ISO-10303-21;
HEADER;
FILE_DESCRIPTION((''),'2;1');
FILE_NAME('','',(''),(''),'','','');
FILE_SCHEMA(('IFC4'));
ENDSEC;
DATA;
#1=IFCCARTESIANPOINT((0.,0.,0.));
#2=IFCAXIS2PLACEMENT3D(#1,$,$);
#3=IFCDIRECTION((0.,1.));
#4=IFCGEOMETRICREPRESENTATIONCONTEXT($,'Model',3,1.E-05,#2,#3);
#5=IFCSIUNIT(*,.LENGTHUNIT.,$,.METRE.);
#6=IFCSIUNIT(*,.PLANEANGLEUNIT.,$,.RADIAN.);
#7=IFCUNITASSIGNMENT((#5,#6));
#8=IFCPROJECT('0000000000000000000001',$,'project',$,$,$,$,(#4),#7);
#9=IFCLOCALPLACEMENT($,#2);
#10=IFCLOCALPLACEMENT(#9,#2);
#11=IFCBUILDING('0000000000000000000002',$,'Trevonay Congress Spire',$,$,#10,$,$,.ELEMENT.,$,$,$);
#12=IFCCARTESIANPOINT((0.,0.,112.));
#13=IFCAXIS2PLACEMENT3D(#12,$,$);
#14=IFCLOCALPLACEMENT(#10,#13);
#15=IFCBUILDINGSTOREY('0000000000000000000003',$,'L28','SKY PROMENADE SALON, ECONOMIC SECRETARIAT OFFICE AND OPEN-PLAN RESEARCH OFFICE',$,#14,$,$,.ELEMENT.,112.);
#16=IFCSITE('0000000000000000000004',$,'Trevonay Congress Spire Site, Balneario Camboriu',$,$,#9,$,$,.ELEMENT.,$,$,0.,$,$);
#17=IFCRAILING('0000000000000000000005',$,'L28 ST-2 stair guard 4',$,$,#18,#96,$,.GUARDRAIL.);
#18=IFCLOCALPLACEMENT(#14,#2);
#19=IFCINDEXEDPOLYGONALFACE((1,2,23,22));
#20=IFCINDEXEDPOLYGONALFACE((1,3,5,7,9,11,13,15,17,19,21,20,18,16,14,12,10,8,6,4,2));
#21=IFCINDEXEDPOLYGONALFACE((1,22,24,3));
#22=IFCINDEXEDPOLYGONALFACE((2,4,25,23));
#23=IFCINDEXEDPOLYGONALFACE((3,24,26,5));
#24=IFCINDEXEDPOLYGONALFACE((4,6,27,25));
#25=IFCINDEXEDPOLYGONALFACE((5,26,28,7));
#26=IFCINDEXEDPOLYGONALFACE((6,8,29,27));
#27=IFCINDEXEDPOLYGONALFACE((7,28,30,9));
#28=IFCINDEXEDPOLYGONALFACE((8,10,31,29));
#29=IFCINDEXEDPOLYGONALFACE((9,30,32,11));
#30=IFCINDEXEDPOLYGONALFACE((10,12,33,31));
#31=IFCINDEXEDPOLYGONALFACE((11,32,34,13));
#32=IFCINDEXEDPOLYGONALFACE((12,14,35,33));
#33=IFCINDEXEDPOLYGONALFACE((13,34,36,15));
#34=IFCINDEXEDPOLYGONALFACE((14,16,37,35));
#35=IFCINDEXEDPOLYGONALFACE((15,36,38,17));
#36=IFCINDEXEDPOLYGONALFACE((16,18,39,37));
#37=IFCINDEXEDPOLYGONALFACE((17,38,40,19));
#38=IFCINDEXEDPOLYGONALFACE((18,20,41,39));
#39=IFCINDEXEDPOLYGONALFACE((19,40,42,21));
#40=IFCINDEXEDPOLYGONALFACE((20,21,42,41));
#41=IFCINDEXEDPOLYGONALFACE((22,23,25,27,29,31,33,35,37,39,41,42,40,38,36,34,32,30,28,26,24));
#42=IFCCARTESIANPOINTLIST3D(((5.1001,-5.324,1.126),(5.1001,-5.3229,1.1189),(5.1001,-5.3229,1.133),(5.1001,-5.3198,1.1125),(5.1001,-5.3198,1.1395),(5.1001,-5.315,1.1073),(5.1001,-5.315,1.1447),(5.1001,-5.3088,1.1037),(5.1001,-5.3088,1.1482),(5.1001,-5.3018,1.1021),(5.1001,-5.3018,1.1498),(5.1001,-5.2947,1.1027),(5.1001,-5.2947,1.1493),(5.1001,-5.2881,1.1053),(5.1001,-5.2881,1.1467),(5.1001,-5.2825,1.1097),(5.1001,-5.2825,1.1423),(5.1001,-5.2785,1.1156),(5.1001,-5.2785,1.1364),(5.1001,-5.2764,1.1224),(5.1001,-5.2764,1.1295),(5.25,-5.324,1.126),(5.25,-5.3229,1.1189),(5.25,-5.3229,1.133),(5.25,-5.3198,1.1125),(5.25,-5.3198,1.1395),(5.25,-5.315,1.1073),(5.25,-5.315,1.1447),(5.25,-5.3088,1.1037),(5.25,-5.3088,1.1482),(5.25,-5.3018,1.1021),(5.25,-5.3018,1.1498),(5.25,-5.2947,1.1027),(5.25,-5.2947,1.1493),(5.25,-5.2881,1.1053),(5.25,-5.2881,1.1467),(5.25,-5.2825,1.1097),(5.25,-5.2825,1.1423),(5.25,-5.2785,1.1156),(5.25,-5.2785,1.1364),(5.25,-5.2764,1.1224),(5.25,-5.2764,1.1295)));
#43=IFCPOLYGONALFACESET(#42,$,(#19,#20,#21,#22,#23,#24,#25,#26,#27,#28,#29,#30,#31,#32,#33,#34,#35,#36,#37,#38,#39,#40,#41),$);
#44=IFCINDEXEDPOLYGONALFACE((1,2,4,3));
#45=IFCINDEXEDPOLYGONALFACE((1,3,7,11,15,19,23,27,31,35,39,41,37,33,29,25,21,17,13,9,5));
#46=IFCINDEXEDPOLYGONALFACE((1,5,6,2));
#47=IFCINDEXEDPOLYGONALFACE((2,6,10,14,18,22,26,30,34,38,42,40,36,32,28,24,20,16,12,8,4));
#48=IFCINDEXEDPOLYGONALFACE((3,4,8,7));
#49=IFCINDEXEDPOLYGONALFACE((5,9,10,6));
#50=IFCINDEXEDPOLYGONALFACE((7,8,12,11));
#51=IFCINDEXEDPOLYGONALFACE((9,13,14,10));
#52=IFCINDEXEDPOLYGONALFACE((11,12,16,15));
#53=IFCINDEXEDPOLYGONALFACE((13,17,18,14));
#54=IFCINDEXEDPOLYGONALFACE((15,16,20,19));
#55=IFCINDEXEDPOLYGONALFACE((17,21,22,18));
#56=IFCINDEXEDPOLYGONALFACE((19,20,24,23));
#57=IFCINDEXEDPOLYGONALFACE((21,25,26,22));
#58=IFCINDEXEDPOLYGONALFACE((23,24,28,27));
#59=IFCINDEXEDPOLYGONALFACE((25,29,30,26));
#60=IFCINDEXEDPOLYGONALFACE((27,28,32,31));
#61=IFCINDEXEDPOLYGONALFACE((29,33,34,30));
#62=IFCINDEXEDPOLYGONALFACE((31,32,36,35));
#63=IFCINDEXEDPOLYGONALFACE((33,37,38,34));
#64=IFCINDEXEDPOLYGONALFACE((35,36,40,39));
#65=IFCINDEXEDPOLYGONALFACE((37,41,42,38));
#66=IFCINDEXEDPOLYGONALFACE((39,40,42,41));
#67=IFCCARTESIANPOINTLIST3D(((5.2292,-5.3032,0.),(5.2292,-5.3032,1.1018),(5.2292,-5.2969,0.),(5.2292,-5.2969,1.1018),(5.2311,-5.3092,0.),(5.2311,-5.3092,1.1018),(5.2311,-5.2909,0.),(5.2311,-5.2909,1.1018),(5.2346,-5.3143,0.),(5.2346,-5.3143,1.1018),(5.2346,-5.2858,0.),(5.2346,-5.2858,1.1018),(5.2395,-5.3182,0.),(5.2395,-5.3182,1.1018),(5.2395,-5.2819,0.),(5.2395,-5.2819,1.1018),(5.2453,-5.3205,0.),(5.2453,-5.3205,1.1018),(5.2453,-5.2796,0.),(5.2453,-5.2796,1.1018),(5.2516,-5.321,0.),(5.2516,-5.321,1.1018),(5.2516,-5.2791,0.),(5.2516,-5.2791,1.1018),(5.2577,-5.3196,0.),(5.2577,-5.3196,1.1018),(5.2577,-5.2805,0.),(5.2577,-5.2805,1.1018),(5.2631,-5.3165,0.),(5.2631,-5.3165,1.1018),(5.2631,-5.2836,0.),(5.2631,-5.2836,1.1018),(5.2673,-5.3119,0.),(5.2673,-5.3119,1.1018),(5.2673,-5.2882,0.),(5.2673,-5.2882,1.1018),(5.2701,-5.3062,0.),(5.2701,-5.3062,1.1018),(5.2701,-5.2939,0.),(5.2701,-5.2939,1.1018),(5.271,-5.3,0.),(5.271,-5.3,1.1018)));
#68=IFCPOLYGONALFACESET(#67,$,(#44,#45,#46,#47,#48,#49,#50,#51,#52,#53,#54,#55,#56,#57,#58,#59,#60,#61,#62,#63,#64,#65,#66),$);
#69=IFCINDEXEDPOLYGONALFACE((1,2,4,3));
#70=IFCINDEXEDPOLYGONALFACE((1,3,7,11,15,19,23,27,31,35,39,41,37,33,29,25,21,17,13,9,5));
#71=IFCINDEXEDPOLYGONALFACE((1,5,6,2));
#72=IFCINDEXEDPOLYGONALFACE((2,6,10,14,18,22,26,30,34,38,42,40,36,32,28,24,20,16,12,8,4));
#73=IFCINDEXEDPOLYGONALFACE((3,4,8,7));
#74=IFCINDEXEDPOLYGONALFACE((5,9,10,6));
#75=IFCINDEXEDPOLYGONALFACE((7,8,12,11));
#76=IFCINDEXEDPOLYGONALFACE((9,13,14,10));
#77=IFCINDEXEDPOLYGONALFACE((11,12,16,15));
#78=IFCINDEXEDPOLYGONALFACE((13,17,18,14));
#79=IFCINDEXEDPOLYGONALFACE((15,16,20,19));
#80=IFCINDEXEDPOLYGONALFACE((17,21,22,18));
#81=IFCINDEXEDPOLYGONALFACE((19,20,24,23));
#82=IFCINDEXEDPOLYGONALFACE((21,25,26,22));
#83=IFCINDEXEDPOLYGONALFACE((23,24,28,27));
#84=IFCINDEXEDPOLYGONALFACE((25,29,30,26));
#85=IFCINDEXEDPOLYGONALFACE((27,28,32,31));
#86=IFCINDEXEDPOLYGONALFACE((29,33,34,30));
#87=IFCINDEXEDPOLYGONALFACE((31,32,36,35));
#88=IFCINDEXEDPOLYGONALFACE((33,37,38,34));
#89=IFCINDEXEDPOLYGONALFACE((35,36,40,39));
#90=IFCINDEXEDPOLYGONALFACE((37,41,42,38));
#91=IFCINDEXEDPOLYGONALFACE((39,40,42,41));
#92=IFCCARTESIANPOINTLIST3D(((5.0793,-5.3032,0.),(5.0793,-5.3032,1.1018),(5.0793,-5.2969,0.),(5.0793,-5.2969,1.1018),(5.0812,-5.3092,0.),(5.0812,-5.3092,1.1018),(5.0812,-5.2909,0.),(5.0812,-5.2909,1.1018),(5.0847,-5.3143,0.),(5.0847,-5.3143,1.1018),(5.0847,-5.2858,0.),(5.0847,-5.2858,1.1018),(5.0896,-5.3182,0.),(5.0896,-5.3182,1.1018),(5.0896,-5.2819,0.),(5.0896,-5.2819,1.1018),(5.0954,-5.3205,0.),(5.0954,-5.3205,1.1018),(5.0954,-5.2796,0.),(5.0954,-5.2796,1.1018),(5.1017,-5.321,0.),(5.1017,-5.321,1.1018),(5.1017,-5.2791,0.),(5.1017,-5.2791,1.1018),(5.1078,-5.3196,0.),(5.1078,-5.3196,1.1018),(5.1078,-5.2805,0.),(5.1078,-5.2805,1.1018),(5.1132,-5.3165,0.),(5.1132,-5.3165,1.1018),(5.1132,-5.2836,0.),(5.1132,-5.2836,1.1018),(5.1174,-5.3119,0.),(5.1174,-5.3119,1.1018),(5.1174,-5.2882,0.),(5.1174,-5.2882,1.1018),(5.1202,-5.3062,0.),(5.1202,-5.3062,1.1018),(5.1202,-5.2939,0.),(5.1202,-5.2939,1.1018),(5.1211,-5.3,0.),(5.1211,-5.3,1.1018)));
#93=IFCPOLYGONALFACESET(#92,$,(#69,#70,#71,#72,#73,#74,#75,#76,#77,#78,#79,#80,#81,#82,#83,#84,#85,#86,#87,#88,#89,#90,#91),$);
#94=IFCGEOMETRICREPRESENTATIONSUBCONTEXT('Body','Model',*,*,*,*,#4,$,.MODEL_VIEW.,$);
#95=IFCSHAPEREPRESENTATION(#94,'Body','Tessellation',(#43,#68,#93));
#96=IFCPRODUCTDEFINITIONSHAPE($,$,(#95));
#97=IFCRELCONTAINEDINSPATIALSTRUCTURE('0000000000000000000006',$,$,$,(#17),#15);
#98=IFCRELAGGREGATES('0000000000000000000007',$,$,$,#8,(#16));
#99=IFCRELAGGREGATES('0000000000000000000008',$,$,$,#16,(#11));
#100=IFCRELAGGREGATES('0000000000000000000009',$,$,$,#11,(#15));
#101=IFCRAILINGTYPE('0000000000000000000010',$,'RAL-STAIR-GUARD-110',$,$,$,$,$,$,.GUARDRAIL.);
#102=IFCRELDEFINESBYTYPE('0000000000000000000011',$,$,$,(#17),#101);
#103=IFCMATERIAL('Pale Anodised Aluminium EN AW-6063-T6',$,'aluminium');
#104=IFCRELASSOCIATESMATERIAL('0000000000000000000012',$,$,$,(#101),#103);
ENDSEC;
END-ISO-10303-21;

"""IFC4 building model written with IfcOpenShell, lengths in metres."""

from ifc_helpers import new_model, si_unit, direction, frame, origin, origin_2d, place, context, subcontext, project, spatial, circle, extrude, material, type_object, element, save


model = new_model("IFC4")

# Units and contexts
model_context = context("Model", 3, precision=1e-05, world=origin(), true_north=direction((0.0, 1.0)))
body_context = subcontext(model_context, "Body", "Model", "MODEL_VIEW")
ifc_project = project(units=[si_unit("LENGTHUNIT", "METRE"), si_unit("PLANEANGLEUNIT", "RADIAN")], contexts=[model_context])

# Site, building, storey
site_placement = place(None, origin())
site = spatial("IfcSite", under=ifc_project, at=site_placement, Name="Trevonay Congress Spire Site, Balneario Camboriu", CompositionType="ELEMENT", RefElevation=0.0)
building_placement = place(site_placement, origin())
building = spatial("IfcBuilding", under=site, at=building_placement, Name="Trevonay Congress Spire", CompositionType="ELEMENT")
storey_placement = place(building_placement, frame((0.0, 0.0, 112.0)))
storey = spatial("IfcBuildingStorey", under=building, at=storey_placement, Name="L28", Description="SKY PROMENADE SALON, ECONOMIC SECRETARIAT OFFICE AND OPEN-PLAN RESEARCH OFFICE", CompositionType="ELEMENT", Elevation=112.0)

# Shared definitions
ifc_material_1 = material(Name="Pale Anodised Aluminium EN AW-6063-T6", Category="aluminium")

# Railing
railing_type_1 = type_object("IfcRailingType", Name="RAL-STAIR-GUARD-110", PredefinedType="GUARDRAIL", material=ifc_material_1)
railing_1_placement = place(storey_placement, frame((5.25, -5.3, 0.0)))
element("IfcRailing", 1, at=railing_1_placement, inside=storey, type_object=railing_type_1, Name="L28 ST-2 stair guard 4", PredefinedType="GUARDRAIL", context=body_context, shape_type="SweptSolid", body=[
    extrude(circle(Radius=0.0239, at=origin_2d()), frame((0.0, 0.0, 1.126), z_axis=(-1.0, 0.0, 0.0), x_axis=(0.0, -1.0, 0.0)), (0.0, 0.0, 1.0), 0.1499),
    extrude(circle(Radius=0.021, at=origin_2d()), origin(), (0.0, 0.0, 1.0), 1.1018),
    extrude(circle(Radius=0.021, at=origin_2d()), frame((-0.1499, 0.0, 0.0)), (0.0, 0.0, 1.0), 1.1018),
])

save(model, "model.ifc")
